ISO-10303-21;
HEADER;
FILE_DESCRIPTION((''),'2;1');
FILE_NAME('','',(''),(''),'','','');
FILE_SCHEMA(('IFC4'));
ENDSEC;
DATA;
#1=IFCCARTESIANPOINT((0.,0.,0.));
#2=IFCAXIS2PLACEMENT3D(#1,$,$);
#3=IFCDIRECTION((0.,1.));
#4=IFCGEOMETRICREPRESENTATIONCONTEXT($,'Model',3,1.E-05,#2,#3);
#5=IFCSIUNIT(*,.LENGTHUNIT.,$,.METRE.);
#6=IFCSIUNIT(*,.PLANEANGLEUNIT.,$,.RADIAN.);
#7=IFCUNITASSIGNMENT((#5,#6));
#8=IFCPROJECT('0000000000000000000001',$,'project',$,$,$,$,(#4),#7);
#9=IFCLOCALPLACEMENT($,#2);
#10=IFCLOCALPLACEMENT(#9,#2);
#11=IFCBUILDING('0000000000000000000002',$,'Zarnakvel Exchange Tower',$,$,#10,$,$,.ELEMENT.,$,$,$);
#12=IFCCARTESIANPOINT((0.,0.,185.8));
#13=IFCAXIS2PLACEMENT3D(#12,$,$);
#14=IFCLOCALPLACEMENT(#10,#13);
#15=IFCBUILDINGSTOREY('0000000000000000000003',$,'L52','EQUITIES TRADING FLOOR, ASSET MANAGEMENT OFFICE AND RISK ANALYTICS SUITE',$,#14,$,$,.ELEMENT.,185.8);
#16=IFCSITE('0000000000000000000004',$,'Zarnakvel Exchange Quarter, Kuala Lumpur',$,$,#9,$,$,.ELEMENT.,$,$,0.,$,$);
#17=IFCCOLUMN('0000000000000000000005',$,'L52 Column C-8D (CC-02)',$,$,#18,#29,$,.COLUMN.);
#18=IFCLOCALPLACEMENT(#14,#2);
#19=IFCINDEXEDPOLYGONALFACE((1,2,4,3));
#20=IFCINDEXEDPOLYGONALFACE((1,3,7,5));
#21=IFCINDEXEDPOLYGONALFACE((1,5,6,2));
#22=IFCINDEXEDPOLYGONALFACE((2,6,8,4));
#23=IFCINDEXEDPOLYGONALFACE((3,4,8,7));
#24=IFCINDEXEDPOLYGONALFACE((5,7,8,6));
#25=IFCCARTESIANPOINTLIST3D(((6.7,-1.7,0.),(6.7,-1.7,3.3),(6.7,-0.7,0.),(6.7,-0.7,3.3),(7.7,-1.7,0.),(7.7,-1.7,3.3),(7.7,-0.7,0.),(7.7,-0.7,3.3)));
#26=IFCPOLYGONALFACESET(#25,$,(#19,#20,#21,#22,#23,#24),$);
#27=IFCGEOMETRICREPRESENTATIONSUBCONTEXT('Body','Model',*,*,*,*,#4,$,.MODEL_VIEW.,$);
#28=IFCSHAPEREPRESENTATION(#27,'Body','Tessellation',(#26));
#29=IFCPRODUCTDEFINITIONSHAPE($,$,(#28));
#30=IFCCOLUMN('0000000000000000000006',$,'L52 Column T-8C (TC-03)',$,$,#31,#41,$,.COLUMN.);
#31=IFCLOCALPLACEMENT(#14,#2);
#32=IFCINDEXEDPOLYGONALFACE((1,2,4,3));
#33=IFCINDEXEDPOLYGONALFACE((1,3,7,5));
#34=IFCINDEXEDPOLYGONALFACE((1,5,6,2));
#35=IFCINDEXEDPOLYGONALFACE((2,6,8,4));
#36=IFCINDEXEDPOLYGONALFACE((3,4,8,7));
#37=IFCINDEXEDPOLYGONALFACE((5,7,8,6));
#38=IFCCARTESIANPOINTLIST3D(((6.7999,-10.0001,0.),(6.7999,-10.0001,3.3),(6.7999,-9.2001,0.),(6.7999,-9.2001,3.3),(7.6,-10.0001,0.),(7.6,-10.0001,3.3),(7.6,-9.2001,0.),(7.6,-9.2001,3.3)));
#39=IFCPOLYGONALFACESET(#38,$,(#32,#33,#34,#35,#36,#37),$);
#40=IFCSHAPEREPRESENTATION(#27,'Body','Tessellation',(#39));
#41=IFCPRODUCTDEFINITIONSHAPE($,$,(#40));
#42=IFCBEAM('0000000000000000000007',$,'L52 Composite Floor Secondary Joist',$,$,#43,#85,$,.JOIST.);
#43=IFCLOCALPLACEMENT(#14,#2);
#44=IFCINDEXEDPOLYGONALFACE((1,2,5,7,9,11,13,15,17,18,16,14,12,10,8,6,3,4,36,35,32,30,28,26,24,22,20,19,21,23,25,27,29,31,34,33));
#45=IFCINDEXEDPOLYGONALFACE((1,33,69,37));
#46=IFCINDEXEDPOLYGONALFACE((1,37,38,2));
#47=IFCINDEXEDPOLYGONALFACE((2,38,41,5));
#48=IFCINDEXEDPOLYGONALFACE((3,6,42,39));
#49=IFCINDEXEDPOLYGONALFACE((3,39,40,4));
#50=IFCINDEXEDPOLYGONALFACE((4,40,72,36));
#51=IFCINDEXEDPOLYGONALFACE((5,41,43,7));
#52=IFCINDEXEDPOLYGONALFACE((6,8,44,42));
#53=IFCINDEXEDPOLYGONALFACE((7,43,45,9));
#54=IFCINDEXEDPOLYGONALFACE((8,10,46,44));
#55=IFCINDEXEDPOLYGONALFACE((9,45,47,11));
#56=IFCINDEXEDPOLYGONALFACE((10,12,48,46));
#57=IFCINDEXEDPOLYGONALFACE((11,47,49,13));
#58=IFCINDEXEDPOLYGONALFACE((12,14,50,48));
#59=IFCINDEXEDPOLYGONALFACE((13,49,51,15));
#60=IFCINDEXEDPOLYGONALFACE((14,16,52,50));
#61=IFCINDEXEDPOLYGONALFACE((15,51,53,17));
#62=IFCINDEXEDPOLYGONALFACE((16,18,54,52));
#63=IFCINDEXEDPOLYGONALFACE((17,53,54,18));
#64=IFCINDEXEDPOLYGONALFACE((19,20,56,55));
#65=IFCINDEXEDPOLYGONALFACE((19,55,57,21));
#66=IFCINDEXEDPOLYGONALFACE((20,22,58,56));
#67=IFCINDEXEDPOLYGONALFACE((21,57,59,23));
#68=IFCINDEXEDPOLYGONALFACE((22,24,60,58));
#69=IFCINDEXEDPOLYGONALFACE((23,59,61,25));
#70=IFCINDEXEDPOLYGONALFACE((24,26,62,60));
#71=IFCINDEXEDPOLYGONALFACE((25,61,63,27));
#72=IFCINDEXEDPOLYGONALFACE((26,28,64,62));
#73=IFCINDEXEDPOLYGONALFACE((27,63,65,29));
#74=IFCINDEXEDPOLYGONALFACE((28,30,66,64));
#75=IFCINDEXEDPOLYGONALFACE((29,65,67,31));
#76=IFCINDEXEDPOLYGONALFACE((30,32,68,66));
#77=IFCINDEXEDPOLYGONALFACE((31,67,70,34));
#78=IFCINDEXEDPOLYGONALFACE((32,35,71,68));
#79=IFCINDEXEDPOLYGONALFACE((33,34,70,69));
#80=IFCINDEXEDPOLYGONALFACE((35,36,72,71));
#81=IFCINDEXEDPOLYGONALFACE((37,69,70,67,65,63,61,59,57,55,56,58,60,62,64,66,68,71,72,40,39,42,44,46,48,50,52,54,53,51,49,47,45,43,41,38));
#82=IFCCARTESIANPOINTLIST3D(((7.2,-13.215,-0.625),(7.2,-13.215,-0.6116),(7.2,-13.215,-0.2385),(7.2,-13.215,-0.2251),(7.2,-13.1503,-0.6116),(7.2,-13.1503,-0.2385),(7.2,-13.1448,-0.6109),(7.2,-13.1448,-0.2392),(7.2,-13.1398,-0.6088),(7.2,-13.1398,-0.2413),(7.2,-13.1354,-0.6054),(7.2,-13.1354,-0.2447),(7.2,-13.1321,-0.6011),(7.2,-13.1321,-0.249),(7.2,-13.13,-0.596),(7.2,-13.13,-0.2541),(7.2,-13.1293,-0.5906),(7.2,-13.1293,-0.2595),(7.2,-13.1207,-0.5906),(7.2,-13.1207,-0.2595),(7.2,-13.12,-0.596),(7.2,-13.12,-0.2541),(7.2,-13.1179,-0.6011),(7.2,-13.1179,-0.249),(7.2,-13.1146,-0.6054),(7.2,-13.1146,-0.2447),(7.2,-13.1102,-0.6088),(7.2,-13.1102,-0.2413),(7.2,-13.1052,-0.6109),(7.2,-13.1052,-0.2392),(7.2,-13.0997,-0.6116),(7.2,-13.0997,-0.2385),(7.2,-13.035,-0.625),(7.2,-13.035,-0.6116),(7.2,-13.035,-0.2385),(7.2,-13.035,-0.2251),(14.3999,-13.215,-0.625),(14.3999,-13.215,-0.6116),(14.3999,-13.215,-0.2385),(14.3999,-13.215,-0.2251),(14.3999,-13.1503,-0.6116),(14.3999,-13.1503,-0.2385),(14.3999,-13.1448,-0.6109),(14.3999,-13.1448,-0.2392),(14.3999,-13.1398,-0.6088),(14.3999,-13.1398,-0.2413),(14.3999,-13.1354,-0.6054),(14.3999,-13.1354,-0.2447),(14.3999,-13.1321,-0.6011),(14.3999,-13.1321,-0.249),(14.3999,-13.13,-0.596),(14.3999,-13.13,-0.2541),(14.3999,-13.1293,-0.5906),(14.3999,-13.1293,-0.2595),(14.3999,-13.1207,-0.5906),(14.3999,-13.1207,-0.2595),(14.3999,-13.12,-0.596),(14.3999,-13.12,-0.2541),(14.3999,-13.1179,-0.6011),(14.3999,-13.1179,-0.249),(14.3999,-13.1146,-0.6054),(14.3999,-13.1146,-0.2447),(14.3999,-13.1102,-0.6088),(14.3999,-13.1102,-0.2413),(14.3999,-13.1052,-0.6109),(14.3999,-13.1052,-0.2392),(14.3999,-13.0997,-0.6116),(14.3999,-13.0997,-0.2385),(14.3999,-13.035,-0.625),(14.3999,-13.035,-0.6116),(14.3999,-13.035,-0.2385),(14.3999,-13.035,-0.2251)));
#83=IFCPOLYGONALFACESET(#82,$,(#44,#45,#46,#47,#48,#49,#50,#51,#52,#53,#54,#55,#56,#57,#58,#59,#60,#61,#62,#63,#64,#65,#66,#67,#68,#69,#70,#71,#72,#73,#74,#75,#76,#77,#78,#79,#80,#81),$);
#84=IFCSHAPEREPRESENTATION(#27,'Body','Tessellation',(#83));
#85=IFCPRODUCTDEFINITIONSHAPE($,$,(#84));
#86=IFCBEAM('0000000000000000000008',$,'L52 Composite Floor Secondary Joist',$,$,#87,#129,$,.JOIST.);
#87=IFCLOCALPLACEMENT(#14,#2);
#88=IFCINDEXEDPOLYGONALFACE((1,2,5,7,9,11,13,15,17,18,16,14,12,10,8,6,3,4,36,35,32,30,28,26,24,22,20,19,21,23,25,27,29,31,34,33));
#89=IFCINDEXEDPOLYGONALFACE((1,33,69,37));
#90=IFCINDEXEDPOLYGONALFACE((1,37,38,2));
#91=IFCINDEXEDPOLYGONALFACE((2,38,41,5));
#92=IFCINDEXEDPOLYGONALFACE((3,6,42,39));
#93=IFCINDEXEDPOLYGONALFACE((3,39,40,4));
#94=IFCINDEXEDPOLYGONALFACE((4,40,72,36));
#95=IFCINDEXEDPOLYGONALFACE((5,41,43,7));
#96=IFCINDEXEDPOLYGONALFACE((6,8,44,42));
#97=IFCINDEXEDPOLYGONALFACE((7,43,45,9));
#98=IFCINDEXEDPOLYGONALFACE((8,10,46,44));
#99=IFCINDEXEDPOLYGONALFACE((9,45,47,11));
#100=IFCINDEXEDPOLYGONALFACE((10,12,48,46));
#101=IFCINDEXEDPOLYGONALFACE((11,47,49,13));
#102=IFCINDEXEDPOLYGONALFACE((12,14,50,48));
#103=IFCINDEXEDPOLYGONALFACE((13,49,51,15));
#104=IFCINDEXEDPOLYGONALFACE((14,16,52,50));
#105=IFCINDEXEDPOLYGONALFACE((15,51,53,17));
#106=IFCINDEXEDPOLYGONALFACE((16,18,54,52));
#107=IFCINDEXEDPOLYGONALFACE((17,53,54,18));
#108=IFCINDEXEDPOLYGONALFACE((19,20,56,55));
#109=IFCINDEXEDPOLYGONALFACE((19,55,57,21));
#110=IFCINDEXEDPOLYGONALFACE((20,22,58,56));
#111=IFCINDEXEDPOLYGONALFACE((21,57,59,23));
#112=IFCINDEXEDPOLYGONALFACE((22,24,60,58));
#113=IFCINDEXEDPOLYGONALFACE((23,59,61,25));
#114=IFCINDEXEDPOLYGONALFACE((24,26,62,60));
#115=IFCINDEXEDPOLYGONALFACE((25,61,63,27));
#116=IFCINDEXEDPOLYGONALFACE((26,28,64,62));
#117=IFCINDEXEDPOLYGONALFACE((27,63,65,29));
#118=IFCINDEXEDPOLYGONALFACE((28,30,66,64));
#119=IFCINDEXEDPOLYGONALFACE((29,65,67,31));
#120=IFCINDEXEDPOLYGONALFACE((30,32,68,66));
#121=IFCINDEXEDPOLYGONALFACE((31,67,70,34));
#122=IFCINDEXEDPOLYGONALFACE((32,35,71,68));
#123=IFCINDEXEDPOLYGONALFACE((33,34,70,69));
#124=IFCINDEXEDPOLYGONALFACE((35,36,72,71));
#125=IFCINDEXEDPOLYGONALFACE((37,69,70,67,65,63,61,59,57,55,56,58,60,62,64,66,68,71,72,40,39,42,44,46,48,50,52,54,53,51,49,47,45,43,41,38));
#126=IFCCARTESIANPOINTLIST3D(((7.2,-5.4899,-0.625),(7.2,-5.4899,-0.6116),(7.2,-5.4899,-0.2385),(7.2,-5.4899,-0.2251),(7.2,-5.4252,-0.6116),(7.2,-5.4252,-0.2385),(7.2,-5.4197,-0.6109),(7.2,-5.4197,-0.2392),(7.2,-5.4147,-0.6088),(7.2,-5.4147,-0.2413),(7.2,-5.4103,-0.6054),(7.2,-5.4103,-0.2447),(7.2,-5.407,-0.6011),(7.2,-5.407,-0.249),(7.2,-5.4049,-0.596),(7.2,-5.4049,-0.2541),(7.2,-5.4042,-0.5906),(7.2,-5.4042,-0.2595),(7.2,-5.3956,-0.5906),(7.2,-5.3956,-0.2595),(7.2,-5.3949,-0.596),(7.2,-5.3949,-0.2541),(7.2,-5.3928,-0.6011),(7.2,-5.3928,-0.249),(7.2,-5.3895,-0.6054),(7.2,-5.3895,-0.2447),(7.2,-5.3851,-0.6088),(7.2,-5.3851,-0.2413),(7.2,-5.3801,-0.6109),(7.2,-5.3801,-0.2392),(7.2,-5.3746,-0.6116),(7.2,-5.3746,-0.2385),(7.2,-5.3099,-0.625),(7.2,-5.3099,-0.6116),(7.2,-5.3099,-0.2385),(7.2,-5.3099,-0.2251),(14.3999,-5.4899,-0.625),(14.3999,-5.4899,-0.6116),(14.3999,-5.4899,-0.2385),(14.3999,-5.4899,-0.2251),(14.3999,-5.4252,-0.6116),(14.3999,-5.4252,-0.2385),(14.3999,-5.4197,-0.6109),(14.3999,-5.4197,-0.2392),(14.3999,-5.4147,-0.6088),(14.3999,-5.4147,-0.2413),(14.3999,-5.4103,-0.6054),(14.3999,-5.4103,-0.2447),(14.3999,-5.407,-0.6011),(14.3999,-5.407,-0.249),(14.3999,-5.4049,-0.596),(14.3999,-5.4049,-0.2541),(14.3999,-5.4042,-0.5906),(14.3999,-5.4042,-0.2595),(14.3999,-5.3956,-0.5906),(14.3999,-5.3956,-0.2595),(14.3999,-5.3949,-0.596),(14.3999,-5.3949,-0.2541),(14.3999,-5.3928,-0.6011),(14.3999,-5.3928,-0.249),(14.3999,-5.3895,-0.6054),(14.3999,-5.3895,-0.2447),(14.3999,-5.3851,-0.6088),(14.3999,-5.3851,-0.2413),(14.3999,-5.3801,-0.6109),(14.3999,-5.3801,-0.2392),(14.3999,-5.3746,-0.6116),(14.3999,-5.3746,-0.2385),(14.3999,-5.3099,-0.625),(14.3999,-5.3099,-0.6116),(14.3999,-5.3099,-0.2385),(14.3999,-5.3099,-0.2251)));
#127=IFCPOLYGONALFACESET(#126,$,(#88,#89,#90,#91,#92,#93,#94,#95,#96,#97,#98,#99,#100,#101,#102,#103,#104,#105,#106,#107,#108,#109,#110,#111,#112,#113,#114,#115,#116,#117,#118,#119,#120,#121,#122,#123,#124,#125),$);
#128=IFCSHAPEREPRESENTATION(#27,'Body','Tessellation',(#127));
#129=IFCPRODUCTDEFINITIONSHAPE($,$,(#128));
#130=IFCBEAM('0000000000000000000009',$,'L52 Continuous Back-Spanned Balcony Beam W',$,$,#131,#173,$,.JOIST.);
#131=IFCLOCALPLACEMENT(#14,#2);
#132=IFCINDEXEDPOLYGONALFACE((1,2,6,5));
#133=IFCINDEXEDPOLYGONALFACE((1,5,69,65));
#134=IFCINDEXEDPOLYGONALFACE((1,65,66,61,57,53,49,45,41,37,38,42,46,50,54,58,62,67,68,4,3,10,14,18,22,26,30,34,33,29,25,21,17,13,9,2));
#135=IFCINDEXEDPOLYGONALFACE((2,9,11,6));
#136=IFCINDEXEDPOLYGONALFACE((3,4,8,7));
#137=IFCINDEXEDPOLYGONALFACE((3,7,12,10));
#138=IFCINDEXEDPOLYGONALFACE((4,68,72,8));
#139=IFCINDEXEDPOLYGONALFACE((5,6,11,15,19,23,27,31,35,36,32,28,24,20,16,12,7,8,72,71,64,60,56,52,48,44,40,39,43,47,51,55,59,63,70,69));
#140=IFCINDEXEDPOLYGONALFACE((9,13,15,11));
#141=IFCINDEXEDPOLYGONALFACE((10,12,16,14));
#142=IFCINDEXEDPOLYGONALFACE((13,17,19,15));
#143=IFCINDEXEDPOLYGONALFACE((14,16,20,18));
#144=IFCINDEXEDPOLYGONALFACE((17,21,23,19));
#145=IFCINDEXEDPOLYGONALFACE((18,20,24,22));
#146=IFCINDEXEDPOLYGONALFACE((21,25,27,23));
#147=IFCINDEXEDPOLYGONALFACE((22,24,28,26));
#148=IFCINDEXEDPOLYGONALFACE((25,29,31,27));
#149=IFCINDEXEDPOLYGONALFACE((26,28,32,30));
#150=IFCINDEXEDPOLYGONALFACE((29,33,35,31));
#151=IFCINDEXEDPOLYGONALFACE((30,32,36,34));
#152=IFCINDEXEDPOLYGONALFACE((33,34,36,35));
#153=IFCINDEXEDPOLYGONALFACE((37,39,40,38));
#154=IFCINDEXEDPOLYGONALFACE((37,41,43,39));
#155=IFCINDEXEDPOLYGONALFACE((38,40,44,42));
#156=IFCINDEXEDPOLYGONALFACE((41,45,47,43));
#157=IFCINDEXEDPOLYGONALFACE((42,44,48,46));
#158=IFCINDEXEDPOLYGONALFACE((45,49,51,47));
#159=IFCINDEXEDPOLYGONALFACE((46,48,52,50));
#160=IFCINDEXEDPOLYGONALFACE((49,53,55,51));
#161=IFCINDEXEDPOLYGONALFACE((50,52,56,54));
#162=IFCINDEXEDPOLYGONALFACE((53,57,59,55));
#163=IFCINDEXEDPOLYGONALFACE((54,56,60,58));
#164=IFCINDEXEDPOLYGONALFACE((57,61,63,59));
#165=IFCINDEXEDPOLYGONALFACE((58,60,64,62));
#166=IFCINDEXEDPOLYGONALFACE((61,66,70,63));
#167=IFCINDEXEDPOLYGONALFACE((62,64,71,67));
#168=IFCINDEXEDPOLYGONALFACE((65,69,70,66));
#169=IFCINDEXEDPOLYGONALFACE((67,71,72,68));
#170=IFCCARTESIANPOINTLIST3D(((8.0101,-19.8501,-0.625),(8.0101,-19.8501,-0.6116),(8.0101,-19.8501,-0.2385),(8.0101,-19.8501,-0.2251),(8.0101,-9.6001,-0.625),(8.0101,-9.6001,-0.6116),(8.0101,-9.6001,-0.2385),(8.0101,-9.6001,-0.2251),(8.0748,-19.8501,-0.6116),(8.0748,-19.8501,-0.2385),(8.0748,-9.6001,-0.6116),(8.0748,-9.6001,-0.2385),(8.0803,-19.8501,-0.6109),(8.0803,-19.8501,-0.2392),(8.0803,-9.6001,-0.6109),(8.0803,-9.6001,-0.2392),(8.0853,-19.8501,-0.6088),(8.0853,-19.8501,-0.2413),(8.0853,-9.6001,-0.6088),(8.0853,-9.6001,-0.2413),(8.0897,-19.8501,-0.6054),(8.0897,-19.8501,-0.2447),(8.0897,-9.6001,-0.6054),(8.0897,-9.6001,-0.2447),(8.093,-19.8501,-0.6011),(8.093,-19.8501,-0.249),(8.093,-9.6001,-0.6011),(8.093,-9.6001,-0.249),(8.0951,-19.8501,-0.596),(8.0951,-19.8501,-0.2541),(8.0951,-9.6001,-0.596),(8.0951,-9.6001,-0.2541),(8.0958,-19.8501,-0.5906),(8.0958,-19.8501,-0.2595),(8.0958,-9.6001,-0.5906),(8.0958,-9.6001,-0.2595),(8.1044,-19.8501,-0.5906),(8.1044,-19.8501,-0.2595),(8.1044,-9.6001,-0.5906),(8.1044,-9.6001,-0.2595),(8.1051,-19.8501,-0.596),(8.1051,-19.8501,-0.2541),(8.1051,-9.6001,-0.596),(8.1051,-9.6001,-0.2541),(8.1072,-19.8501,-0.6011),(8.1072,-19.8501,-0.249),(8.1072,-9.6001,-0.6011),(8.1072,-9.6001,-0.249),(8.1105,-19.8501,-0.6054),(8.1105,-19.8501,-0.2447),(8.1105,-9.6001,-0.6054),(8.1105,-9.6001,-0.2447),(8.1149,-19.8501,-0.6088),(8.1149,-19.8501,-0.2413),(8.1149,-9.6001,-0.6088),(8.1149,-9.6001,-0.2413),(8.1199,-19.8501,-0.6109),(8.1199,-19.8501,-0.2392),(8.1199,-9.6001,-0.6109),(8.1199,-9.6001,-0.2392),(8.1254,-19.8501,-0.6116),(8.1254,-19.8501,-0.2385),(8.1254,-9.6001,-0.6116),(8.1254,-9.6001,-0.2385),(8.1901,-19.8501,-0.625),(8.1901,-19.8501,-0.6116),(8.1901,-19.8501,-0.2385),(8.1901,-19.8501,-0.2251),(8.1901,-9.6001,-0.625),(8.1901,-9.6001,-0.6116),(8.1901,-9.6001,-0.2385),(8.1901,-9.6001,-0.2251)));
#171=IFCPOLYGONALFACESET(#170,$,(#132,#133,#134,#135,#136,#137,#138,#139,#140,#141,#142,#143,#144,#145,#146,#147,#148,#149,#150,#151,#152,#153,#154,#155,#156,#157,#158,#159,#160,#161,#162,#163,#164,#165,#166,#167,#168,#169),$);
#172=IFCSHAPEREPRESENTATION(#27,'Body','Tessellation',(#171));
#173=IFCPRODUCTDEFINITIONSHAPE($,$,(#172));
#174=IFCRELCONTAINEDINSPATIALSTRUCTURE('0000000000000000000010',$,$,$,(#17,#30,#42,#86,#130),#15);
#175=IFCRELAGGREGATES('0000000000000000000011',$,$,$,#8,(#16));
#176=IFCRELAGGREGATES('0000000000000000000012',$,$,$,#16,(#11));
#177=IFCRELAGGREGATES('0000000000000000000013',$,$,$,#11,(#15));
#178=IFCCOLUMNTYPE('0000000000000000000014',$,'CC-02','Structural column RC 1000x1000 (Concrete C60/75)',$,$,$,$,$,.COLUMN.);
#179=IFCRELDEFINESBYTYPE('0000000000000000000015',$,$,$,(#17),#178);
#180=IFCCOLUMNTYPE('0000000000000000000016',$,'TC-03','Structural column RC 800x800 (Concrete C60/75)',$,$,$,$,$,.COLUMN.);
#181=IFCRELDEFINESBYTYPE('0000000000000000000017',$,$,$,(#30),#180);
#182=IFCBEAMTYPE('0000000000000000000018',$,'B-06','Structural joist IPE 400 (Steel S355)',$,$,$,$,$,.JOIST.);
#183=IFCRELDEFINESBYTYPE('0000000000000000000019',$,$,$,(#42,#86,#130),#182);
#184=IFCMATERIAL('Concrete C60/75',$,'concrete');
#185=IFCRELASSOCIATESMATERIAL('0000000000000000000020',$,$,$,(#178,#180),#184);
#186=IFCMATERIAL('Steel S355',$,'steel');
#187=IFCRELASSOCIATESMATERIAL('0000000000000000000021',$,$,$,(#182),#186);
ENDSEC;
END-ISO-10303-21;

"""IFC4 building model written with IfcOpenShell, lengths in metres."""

from ifc_helpers import new_model, si_unit, direction, frame, origin, origin_2d, place, context, subcontext, project, spatial, rectangle, i_section, extrude, material, material_profile, profile_set, type_object, element, save


model = new_model("IFC4")

# Units and contexts
model_context = context("Model", 3, precision=1e-05, world=origin(), true_north=direction((0.0, 1.0)))
body_context = subcontext(model_context, "Body", "Model", "MODEL_VIEW")
ifc_project = project(units=[si_unit("LENGTHUNIT", "METRE"), si_unit("PLANEANGLEUNIT", "RADIAN")], contexts=[model_context])

# Site, building, storey
site_placement = place(None, origin())
site = spatial("IfcSite", under=ifc_project, at=site_placement, Name="Zarnakvel Exchange Quarter, Kuala Lumpur", CompositionType="ELEMENT", RefElevation=0.0)
building_placement = place(site_placement, origin())
building = spatial("IfcBuilding", under=site, at=building_placement, Name="Zarnakvel Exchange Tower", CompositionType="ELEMENT")
storey_placement = place(building_placement, frame((0.0, 0.0, 185.8)))
storey = spatial("IfcBuildingStorey", under=building, at=storey_placement, Name="L52", Description="EQUITIES TRADING FLOOR, ASSET MANAGEMENT OFFICE AND RISK ANALYTICS SUITE", CompositionType="ELEMENT", Elevation=185.8)

# Columns
ifc_material_1 = material(Name="Concrete C60/75", Category="concrete")
ifc_material_profile_1 = material_profile(ifc_material_1, rectangle(XDim=1.0, YDim=1.0, at=origin_2d()))
ifc_profile_set_1 = profile_set([ifc_material_profile_1], Name="Concrete C60/75")
column_type_1 = type_object("IfcColumnType", Name="CC-02", Description="Structural column RC 1000x1000 (Concrete C60/75)", PredefinedType="COLUMN", material=ifc_profile_set_1)
column_1_placement = place(storey_placement, frame((7.2, -1.2, 0.0), z_axis=(0.0, 0.0, 1.0), x_axis=(1.0, 0.0, 0.0)))
element("IfcColumn", 1, at=column_1_placement, inside=storey, type_object=column_type_1, Name="L52 Column C-8D (CC-02)", PredefinedType="COLUMN", context=body_context, shape_type="SweptSolid", body=[
    extrude(rectangle(XDim=1.0, YDim=1.0, at=origin_2d()), origin(), (0.0, 0.0, 1.0), 3.3),
])
ifc_material_profile_2 = material_profile(ifc_material_1, rectangle(XDim=0.8, YDim=0.8, at=origin_2d()))
ifc_profile_set_2 = profile_set([ifc_material_profile_2], Name="Concrete C60/75")
column_type_2 = type_object("IfcColumnType", Name="TC-03", Description="Structural column RC 800x800 (Concrete C60/75)", PredefinedType="COLUMN", material=ifc_profile_set_2)
column_2_placement = place(storey_placement, frame((7.2, -9.6001, 0.0), z_axis=(0.0, 0.0, 1.0), x_axis=(1.0, 0.0, 0.0)))
element("IfcColumn", 2, at=column_2_placement, inside=storey, type_object=column_type_2, Name="L52 Column T-8C (TC-03)", PredefinedType="COLUMN", context=body_context, shape_type="SweptSolid", body=[
    extrude(rectangle(XDim=0.8, YDim=0.8, at=origin_2d()), origin(), (0.0, 0.0, 1.0), 3.3),
])

# Beams
ifc_material_2 = material(Name="Steel S355", Category="steel")
ifc_material_profile_3 = material_profile(ifc_material_2, i_section(OverallWidth=0.1799, OverallDepth=0.3999, WebThickness=0.0085, FlangeThickness=0.0134, FilletRadius=0.021, at=origin_2d()))
ifc_profile_set_3 = profile_set([ifc_material_profile_3], Name="Steel S355")
beam_type_1 = type_object("IfcBeamType", Name="B-06", Description="Structural joist IPE 400 (Steel S355)", PredefinedType="JOIST", material=ifc_profile_set_3)
for number, where, z_axis, x_axis, name in (
    (3, (7.2, -13.125, -0.425), (1.0, 0.0, 0.0), (0.0, 1.0, 0.0), "L52 Composite Floor Secondary Joist"),
    (4, (7.2, -5.3999, -0.425), (1.0, 0.0, 0.0), (0.0, 1.0, 0.0), "L52 Composite Floor Secondary Joist"),
):
    element("IfcBeam", number, at=place(storey_placement, frame(where, z_axis=z_axis, x_axis=x_axis)), inside=storey, type_object=beam_type_1, Name=name, PredefinedType="JOIST", context=body_context, shape_type="SweptSolid", body=[
        extrude(i_section(OverallWidth=0.1799, OverallDepth=0.3999, WebThickness=0.0085, FlangeThickness=0.0134, FilletRadius=0.021, at=origin_2d()), origin(), (0.0, 0.0, 1.0), 7.2),
    ])
for number, where, z_axis, x_axis, name in (
    (5, (8.1001, -9.6001, -0.425), (0.0, -1.0, 0.0), (1.0, 0.0, 0.0), "L52 Continuous Back-Spanned Balcony Beam W"),
):
    element("IfcBeam", number, at=place(storey_placement, frame(where, z_axis=z_axis, x_axis=x_axis)), inside=storey, type_object=beam_type_1, Name=name, PredefinedType="JOIST", context=body_context, shape_type="SweptSolid", body=[
        extrude(i_section(OverallWidth=0.1799, OverallDepth=0.3999, WebThickness=0.0085, FlangeThickness=0.0134, FilletRadius=0.021, at=origin_2d()), origin(), (0.0, 0.0, 1.0), 10.25),
    ])

save(model, "model.ifc")
